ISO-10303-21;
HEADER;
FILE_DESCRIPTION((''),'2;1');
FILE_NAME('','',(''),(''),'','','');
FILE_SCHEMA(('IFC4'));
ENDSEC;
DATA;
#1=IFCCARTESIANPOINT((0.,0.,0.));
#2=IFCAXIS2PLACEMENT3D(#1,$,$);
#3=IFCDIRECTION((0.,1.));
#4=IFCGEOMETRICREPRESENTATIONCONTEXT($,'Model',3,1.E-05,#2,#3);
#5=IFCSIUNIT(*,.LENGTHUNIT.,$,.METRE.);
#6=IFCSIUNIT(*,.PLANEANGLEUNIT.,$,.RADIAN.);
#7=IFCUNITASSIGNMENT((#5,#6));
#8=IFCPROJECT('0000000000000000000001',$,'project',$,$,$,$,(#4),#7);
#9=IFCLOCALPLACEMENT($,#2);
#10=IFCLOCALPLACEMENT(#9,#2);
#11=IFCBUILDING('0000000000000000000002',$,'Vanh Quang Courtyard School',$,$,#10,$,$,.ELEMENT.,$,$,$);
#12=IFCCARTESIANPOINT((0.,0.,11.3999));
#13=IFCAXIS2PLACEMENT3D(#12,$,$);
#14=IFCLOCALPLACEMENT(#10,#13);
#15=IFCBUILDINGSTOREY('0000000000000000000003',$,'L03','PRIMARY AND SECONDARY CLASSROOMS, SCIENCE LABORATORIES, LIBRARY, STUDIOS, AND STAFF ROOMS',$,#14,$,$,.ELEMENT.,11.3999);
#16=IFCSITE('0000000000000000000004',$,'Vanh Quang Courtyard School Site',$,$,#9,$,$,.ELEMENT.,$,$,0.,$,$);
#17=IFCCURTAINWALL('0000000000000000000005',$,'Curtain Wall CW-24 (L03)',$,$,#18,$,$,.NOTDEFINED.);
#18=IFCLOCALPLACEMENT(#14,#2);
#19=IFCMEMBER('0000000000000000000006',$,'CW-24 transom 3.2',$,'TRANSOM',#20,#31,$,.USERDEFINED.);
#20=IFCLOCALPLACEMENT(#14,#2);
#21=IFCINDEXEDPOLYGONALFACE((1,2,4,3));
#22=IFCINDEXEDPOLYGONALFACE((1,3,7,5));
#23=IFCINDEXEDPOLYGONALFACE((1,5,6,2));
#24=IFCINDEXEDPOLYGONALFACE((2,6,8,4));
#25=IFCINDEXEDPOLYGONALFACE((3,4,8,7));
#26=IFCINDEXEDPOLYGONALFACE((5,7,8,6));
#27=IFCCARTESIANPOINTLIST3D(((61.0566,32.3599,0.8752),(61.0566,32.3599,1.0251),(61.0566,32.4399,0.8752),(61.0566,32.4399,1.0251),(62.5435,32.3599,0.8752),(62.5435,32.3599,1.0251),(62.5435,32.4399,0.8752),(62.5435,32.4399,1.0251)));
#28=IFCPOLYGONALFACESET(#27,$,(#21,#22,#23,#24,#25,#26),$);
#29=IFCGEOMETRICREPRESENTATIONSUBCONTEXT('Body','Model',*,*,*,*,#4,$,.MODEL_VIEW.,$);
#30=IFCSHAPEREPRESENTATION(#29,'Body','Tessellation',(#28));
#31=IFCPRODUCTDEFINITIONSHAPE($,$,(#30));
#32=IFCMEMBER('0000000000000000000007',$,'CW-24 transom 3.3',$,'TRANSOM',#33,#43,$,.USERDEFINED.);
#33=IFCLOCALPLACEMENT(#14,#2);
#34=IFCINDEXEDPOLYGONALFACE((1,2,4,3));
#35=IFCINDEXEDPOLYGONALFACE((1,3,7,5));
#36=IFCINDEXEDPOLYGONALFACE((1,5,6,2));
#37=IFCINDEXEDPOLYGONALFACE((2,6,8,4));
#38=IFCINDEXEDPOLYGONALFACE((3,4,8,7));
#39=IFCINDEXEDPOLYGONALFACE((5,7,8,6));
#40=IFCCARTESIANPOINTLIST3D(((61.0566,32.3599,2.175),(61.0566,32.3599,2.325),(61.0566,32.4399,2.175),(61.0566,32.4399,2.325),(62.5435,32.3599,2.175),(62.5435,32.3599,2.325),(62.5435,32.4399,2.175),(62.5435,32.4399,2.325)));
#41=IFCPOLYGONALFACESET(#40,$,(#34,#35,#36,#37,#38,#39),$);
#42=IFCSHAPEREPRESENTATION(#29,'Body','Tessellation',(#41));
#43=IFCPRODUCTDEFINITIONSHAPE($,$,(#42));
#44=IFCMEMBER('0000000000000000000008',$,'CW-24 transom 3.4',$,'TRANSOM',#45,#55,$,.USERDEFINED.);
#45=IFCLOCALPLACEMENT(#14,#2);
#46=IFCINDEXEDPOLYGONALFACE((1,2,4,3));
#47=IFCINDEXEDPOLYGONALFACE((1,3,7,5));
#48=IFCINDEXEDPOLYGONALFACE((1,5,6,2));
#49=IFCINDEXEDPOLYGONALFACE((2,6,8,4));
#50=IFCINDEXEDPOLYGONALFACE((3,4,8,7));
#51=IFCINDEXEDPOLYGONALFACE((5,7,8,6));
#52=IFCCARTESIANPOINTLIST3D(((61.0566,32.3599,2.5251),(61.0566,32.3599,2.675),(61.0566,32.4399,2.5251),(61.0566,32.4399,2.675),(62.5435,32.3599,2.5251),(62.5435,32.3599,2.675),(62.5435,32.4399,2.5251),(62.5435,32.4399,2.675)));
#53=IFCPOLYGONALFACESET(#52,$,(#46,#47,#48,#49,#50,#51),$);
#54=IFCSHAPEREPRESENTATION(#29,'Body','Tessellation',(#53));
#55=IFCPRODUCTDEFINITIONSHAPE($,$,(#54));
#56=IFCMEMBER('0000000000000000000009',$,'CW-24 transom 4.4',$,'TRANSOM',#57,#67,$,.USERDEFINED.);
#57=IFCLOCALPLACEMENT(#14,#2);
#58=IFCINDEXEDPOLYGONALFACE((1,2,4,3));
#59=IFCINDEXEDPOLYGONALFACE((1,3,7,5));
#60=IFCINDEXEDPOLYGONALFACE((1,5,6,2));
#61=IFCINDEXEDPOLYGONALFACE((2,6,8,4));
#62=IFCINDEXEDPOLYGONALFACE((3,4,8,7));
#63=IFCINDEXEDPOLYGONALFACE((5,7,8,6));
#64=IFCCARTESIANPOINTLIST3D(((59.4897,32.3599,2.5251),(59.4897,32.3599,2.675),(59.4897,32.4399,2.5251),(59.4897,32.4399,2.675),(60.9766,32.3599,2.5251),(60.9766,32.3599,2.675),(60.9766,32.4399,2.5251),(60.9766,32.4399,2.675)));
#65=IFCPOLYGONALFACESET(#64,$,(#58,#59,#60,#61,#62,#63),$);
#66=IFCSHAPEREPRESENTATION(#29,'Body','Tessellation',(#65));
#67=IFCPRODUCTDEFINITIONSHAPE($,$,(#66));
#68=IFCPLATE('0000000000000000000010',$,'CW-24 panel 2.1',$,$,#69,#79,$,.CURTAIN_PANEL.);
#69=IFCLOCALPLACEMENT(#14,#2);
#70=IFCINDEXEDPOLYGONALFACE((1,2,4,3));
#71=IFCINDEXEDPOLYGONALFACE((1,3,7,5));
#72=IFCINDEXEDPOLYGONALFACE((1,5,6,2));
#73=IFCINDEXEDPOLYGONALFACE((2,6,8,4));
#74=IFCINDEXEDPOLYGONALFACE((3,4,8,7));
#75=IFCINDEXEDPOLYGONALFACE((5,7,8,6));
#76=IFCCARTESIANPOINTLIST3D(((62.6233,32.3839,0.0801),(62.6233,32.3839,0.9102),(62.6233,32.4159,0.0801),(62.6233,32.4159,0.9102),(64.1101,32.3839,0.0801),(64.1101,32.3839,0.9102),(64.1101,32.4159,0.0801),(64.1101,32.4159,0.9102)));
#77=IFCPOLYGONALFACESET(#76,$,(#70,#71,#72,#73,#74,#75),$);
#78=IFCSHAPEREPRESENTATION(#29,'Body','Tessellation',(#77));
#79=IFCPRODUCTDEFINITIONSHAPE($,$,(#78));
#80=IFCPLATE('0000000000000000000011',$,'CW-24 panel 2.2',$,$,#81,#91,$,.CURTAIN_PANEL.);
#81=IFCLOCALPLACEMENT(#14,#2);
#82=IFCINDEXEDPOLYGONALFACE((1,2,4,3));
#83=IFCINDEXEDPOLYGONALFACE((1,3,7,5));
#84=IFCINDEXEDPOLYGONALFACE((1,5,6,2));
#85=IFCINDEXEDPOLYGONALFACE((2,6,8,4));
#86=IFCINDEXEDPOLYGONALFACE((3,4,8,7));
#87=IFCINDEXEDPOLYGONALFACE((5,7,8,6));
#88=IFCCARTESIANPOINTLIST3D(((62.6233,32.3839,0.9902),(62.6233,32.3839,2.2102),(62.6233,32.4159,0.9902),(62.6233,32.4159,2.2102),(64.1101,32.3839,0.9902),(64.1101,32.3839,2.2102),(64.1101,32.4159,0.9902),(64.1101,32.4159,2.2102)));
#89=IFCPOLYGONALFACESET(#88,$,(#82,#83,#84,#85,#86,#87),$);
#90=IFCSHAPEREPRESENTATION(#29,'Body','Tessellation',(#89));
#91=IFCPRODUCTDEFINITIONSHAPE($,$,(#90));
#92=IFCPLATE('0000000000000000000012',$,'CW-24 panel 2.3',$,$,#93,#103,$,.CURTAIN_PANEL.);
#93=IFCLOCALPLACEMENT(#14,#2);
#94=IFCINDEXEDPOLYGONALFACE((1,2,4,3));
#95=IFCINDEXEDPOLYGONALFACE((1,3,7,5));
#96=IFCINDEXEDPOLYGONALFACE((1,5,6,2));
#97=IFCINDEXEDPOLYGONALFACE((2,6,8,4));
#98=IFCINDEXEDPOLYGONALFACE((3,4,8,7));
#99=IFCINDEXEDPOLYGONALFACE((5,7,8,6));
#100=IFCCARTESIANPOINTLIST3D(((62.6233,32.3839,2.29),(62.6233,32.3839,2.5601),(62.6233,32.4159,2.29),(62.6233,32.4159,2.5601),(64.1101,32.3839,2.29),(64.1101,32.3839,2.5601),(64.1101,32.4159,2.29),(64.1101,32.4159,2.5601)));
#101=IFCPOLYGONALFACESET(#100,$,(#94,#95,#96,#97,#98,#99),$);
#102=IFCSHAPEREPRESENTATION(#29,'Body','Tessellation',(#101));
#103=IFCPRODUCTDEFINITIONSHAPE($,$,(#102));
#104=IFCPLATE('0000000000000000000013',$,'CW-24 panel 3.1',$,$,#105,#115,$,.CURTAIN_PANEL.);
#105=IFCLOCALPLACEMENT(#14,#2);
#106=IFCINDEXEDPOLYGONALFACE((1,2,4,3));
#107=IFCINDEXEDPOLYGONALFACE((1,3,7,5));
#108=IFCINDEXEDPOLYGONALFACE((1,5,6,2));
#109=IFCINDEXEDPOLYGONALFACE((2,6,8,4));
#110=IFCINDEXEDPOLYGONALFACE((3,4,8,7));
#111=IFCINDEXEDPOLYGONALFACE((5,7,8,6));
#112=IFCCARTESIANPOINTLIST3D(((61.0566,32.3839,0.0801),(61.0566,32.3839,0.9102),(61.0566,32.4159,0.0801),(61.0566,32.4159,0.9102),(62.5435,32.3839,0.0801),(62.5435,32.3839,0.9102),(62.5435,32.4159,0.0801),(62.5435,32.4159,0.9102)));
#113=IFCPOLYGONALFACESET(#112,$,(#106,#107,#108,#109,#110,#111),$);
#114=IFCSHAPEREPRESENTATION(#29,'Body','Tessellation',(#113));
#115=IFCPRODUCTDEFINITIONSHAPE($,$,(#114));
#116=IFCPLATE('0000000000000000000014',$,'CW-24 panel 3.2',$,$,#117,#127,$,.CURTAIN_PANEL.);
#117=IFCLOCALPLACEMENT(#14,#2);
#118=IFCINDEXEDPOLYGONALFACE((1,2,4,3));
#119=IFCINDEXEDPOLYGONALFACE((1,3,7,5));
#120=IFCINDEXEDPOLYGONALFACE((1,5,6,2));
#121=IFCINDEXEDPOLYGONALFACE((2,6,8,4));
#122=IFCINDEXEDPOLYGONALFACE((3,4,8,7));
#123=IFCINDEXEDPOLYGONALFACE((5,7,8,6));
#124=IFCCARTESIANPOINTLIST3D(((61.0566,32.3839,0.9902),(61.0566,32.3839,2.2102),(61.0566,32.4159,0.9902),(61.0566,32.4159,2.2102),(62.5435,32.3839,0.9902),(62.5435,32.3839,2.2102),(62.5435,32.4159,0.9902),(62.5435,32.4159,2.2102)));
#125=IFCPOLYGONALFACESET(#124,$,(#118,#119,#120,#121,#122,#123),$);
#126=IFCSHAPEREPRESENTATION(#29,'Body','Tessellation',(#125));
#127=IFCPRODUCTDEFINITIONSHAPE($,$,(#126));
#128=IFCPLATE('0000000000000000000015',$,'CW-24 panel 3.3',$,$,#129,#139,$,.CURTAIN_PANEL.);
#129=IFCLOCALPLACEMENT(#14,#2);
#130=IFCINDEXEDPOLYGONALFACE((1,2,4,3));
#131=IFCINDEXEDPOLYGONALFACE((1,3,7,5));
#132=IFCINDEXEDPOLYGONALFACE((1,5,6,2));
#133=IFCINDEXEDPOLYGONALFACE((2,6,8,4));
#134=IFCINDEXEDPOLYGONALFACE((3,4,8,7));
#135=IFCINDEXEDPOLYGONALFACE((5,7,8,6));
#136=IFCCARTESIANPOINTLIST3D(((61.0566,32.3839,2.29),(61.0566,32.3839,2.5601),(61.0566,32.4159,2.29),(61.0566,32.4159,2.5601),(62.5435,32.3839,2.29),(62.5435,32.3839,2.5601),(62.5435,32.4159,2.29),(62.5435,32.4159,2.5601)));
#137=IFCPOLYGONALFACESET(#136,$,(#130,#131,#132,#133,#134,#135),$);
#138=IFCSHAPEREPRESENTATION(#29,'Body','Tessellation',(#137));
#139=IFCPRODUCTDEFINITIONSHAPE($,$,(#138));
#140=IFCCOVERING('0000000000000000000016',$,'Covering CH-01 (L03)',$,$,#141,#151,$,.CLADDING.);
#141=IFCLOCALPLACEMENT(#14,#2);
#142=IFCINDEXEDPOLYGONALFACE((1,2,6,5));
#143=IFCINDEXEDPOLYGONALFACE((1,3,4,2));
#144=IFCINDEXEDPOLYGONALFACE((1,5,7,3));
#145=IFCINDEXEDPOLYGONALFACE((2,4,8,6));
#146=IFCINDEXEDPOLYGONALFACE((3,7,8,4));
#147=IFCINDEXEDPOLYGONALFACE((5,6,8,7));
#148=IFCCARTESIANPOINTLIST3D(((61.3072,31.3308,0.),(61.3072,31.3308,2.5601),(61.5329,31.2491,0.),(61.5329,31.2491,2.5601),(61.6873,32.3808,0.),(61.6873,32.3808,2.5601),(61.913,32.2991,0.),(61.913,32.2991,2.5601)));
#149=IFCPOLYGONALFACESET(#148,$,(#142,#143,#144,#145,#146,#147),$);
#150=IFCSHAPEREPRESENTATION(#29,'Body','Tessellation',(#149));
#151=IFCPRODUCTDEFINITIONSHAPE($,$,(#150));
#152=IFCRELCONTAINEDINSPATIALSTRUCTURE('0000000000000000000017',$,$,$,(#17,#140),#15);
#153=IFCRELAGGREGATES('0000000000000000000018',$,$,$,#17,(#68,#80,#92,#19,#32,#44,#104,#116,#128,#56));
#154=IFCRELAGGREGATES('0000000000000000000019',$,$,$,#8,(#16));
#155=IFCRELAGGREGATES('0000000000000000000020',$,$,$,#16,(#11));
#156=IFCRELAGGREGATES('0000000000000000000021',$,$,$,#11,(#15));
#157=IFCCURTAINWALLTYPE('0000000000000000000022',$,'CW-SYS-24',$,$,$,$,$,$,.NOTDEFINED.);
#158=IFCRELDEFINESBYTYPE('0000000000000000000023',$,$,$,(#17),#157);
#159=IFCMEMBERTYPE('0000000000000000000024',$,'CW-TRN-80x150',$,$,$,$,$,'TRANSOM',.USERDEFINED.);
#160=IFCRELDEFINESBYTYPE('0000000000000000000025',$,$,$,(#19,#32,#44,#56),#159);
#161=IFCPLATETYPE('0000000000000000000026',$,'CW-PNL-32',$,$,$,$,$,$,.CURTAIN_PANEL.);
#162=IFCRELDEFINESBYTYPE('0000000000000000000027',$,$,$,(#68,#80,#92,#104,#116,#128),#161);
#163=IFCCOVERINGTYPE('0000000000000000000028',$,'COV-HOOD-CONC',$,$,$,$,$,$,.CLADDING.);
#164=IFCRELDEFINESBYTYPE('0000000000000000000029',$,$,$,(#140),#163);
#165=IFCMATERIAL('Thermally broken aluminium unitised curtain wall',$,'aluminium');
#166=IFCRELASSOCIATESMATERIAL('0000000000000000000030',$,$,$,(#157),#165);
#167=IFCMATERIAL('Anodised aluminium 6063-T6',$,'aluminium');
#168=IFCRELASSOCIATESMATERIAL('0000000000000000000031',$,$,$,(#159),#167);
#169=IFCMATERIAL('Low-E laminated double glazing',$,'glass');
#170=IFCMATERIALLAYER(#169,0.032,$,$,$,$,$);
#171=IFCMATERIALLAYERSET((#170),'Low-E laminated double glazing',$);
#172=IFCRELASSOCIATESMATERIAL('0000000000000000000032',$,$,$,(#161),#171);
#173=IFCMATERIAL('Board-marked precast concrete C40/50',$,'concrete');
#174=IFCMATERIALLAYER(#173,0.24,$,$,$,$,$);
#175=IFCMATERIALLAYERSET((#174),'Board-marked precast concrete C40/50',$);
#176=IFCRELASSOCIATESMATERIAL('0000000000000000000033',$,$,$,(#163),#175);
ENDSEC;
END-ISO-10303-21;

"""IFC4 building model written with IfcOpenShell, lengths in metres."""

from ifc_helpers import new_model, si_unit, direction, frame, origin, origin_2d, place, context, subcontext, project, spatial, rectangle, extrude, material, layer, layer_set, material_profile, profile_set, type_object, element, aggregate, save


model = new_model("IFC4")

# Units and contexts
model_context = context("Model", 3, precision=1e-05, world=origin(), true_north=direction((0.0, 1.0)))
body_context = subcontext(model_context, "Body", "Model", "MODEL_VIEW")
ifc_project = project(units=[si_unit("LENGTHUNIT", "METRE"), si_unit("PLANEANGLEUNIT", "RADIAN")], contexts=[model_context])

# Site, building, storey
site_placement = place(None, origin())
site = spatial("IfcSite", under=ifc_project, at=site_placement, Name="Vanh Quang Courtyard School Site", CompositionType="ELEMENT", RefElevation=0.0)
building_placement = place(site_placement, origin())
building = spatial("IfcBuilding", under=site, at=building_placement, Name="Vanh Quang Courtyard School", CompositionType="ELEMENT")
storey_placement = place(building_placement, frame((0.0, 0.0, 11.3999)))
storey = spatial("IfcBuildingStorey", under=building, at=storey_placement, Name="L03", Description="PRIMARY AND SECONDARY CLASSROOMS, SCIENCE LABORATORIES, LIBRARY, STUDIOS, AND STAFF ROOMS", CompositionType="ELEMENT", Elevation=11.3999)

# Curtain wall, members, plates
ifc_material_1 = material(Name="Thermally broken aluminium unitised curtain wall", Category="aluminium")
curtain_wall_type = type_object("IfcCurtainWallType", Name="CW-SYS-24", PredefinedType="NOTDEFINED", material=ifc_material_1)
curtain_wall_placement = place(storey_placement, origin())
curtain_wall = element("IfcCurtainWall", 1, at=curtain_wall_placement, inside=storey, type_object=curtain_wall_type, Name="Curtain Wall CW-24 (L03)", PredefinedType="NOTDEFINED")
ifc_material_2 = material(Name="Anodised aluminium 6063-T6", Category="aluminium")
ifc_material_profile_1 = material_profile(ifc_material_2, rectangle(XDim=0.0801, YDim=0.1499, at=origin_2d()), Name="ALU-TRN 80x150")
ifc_profile_set_1 = profile_set([ifc_material_profile_1], Name="Anodised aluminium 6063-T6")
member_type_1 = type_object("IfcMemberType", Name="CW-TRN-80x150", ElementType="TRANSOM", PredefinedType="USERDEFINED", material=ifc_profile_set_1)
member_1_placement = place(storey_placement, frame((62.5435, 32.3999, 0.9502), z_axis=(-1.0, 0.0, 0.0), x_axis=(0.0, -1.0, 0.0)))
member_1 = element("IfcMember", 2, at=member_1_placement, type_object=member_type_1, Name="CW-24 transom 3.2", ObjectType="TRANSOM", PredefinedType="USERDEFINED", context=body_context, shape_type="SweptSolid", body=[
    extrude(rectangle(XDim=0.0801, YDim=0.1499, at=origin_2d()), origin(), (0.0, 0.0, 1.0), 1.4868),
])
member_2_placement = place(storey_placement, frame((62.5435, 32.3999, 2.25), z_axis=(-1.0, 0.0, 0.0), x_axis=(0.0, -1.0, 0.0)))
member_2 = element("IfcMember", 3, at=member_2_placement, type_object=member_type_1, Name="CW-24 transom 3.3", ObjectType="TRANSOM", PredefinedType="USERDEFINED", context=body_context, shape_type="SweptSolid", body=[
    extrude(rectangle(XDim=0.0801, YDim=0.1499, at=origin_2d()), origin(), (0.0, 0.0, 1.0), 1.4868),
])
member_3_placement = place(storey_placement, frame((62.5435, 32.3999, 2.6001), z_axis=(-1.0, 0.0, 0.0), x_axis=(0.0, -1.0, 0.0)))
member_3 = element("IfcMember", 4, at=member_3_placement, type_object=member_type_1, Name="CW-24 transom 3.4", ObjectType="TRANSOM", PredefinedType="USERDEFINED", context=body_context, shape_type="SweptSolid", body=[
    extrude(rectangle(XDim=0.0801, YDim=0.1499, at=origin_2d()), origin(), (0.0, 0.0, 1.0), 1.4868),
])
member_4_placement = place(storey_placement, frame((60.9766, 32.3999, 2.6001), z_axis=(-1.0, 0.0, 0.0), x_axis=(0.0, -1.0, 0.0)))
member_4 = element("IfcMember", 5, at=member_4_placement, type_object=member_type_1, Name="CW-24 transom 4.4", ObjectType="TRANSOM", PredefinedType="USERDEFINED", context=body_context, shape_type="SweptSolid", body=[
    extrude(rectangle(XDim=0.0801, YDim=0.1499, at=origin_2d()), origin(), (0.0, 0.0, 1.0), 1.4868),
])
ifc_material_3 = material(Name="Low-E laminated double glazing", Category="glass")
ifc_layer_1 = layer(ifc_material_3, 0.032)
ifc_layer_set_1 = layer_set([ifc_layer_1], Name="Low-E laminated double glazing")
plate_type = type_object("IfcPlateType", Name="CW-PNL-32", PredefinedType="CURTAIN_PANEL", material=ifc_layer_set_1)
plate_1_placement = place(storey_placement, frame((63.3667, 32.3999, 0.0801), z_axis=(0.0, 0.0, 1.0), x_axis=(-1.0, 0.0, 0.0)))
plate_1 = element("IfcPlate", 6, at=plate_1_placement, type_object=plate_type, Name="CW-24 panel 2.1", PredefinedType="CURTAIN_PANEL", context=body_context, shape_type="SweptSolid", body=[
    extrude(rectangle(XDim=1.4868, YDim=0.032, at=origin_2d()), origin(), (0.0, 0.0, 1.0), 0.8301),
])
plate_2_placement = place(storey_placement, frame((63.3667, 32.3999, 0.9902), z_axis=(0.0, 0.0, 1.0), x_axis=(-1.0, 0.0, 0.0)))
plate_2 = element("IfcPlate", 7, at=plate_2_placement, type_object=plate_type, Name="CW-24 panel 2.2", PredefinedType="CURTAIN_PANEL", context=body_context, shape_type="SweptSolid", body=[
    extrude(rectangle(XDim=1.4868, YDim=0.032, at=origin_2d()), origin(), (0.0, 0.0, 1.0), 1.22),
])
plate_3_placement = place(storey_placement, frame((63.3667, 32.3999, 2.29), z_axis=(0.0, 0.0, 1.0), x_axis=(-1.0, 0.0, 0.0)))
plate_3 = element("IfcPlate", 8, at=plate_3_placement, type_object=plate_type, Name="CW-24 panel 2.3", PredefinedType="CURTAIN_PANEL", context=body_context, shape_type="SweptSolid", body=[
    extrude(rectangle(XDim=1.4868, YDim=0.032, at=origin_2d()), origin(), (0.0, 0.0, 1.0), 0.27),
])
plate_4_placement = place(storey_placement, frame((61.8, 32.3999, 0.0801), z_axis=(0.0, 0.0, 1.0), x_axis=(-1.0, 0.0, 0.0)))
plate_4 = element("IfcPlate", 9, at=plate_4_placement, type_object=plate_type, Name="CW-24 panel 3.1", PredefinedType="CURTAIN_PANEL", context=body_context, shape_type="SweptSolid", body=[
    extrude(rectangle(XDim=1.4868, YDim=0.032, at=origin_2d()), origin(), (0.0, 0.0, 1.0), 0.8301),
])
plate_5_placement = place(storey_placement, frame((61.8, 32.3999, 0.9902), z_axis=(0.0, 0.0, 1.0), x_axis=(-1.0, 0.0, 0.0)))
plate_5 = element("IfcPlate", 10, at=plate_5_placement, type_object=plate_type, Name="CW-24 panel 3.2", PredefinedType="CURTAIN_PANEL", context=body_context, shape_type="SweptSolid", body=[
    extrude(rectangle(XDim=1.4868, YDim=0.032, at=origin_2d()), origin(), (0.0, 0.0, 1.0), 1.22),
])
plate_6_placement = place(storey_placement, frame((61.8, 32.3999, 2.29), z_axis=(0.0, 0.0, 1.0), x_axis=(-1.0, 0.0, 0.0)))
plate_6 = element("IfcPlate", 11, at=plate_6_placement, type_object=plate_type, Name="CW-24 panel 3.3", PredefinedType="CURTAIN_PANEL", context=body_context, shape_type="SweptSolid", body=[
    extrude(rectangle(XDim=1.4868, YDim=0.032, at=origin_2d()), origin(), (0.0, 0.0, 1.0), 0.27),
])
aggregate(curtain_wall, [plate_1, plate_2, plate_3, member_1, member_2, member_3, plate_4, plate_5, plate_6, member_4])

# Covering
ifc_material_4 = material(Name="Board-marked precast concrete C40/50", Category="concrete")
ifc_layer_2 = layer(ifc_material_4, 0.24)
ifc_layer_set_2 = layer_set([ifc_layer_2], Name="Board-marked precast concrete C40/50")
covering_type = type_object("IfcCoveringType", Name="COV-HOOD-CONC", PredefinedType="CLADDING", material=ifc_layer_set_2)
covering_placement = place(storey_placement, frame((61.6101, 31.8149, 0.0), z_axis=(0.0, 0.0, 1.0), x_axis=(-0.34038, -0.940288, 0.0)))
element("IfcCovering", 12, at=covering_placement, inside=storey, type_object=covering_type, Name="Covering CH-01 (L03)", PredefinedType="CLADDING", context=body_context, shape_type="SweptSolid", body=[
    extrude(rectangle(XDim=1.1167, YDim=0.24, at=origin_2d()), origin(), (0.0, 0.0, 1.0), 2.5601),
])

save(model, "model.ifc")
